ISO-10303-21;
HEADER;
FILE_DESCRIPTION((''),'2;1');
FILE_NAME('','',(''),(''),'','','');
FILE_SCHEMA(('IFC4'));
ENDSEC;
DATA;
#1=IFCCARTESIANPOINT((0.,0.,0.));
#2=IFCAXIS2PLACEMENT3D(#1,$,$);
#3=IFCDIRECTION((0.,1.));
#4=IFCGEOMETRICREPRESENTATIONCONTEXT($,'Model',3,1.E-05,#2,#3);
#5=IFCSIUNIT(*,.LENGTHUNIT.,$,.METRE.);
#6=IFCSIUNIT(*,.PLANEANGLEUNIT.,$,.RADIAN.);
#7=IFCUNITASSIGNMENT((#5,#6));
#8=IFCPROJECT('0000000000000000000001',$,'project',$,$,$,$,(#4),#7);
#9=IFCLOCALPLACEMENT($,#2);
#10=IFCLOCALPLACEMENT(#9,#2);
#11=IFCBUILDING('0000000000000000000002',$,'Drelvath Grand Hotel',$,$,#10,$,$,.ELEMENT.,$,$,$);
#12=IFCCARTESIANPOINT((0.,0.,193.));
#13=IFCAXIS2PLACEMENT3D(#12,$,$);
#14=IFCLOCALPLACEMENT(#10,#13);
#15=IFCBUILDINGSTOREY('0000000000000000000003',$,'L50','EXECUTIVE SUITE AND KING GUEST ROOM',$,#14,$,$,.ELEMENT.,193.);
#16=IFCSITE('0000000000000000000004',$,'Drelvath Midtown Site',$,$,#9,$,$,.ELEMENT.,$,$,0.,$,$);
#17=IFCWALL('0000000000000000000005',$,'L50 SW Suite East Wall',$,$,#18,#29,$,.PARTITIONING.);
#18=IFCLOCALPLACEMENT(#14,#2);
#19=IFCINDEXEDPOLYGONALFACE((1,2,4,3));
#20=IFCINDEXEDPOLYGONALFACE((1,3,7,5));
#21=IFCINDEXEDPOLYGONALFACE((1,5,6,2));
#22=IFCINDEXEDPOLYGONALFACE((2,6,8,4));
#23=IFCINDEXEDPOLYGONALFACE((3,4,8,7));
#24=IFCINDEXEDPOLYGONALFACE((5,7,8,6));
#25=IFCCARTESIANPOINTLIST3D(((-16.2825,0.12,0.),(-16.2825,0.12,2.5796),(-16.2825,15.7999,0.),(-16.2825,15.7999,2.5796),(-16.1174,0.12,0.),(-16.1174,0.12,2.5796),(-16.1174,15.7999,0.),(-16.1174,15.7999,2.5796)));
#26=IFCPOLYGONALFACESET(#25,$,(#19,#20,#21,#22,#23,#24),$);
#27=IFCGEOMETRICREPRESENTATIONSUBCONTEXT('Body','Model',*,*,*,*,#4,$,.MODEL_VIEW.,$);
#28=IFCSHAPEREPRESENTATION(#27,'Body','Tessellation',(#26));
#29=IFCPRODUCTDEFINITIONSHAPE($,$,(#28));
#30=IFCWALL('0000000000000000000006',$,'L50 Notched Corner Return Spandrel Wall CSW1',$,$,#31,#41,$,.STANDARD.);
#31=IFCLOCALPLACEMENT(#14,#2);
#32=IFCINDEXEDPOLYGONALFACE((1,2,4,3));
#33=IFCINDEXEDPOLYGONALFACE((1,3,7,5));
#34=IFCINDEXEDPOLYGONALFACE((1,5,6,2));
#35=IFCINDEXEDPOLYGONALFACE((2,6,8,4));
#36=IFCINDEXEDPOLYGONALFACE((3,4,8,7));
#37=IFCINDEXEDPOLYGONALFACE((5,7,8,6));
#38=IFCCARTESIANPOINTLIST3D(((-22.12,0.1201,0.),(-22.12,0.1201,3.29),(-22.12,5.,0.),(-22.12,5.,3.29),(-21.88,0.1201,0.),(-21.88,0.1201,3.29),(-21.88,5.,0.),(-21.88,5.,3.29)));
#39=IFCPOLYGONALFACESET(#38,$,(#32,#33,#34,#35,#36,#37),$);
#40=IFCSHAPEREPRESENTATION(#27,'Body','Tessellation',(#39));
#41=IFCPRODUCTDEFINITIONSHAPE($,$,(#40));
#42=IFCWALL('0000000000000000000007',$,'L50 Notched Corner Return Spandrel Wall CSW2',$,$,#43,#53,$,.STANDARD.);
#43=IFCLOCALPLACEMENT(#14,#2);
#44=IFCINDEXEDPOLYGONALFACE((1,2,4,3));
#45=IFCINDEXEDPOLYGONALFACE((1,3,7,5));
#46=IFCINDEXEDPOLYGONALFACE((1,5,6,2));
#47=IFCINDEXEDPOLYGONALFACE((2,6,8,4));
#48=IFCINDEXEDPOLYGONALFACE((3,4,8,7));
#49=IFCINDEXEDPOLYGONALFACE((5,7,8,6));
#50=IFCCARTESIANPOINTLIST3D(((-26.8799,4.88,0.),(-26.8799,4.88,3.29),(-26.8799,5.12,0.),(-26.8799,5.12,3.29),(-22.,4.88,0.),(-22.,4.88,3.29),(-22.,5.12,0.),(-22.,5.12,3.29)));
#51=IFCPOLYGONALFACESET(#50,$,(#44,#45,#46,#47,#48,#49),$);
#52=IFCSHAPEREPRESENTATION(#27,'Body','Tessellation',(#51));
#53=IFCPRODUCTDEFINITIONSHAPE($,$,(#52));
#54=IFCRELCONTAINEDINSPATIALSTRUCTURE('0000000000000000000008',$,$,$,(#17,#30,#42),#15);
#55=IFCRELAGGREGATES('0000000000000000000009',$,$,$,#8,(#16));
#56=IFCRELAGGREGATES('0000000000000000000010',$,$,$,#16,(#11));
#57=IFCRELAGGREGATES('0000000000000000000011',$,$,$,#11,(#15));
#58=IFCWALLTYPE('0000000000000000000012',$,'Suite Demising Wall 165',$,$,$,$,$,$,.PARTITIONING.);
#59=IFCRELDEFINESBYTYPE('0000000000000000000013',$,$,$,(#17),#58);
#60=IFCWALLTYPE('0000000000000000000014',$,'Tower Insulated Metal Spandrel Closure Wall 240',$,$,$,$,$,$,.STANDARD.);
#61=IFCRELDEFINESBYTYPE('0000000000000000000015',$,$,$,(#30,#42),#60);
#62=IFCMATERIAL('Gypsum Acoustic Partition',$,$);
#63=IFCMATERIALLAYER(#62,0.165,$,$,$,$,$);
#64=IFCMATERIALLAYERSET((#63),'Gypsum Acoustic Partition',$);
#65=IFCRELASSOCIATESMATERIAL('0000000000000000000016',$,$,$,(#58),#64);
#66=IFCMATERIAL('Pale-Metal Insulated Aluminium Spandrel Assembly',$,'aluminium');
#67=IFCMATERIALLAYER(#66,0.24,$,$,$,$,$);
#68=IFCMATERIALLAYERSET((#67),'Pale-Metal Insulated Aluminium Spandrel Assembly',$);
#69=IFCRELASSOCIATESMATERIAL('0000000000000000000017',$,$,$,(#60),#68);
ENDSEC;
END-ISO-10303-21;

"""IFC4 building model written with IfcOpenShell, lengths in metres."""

from ifc_helpers import new_model, si_unit, direction, frame, frame_2d, origin, place, context, subcontext, project, spatial, rectangle, extrude, material, layer, layer_set, type_object, element, save


model = new_model("IFC4")

# Units and contexts
model_context = context("Model", 3, precision=1e-05, world=origin(), true_north=direction((0.0, 1.0)))
body_context = subcontext(model_context, "Body", "Model", "MODEL_VIEW")
ifc_project = project(units=[si_unit("LENGTHUNIT", "METRE"), si_unit("PLANEANGLEUNIT", "RADIAN")], contexts=[model_context])

# Site, building, storey
site_placement = place(None, origin())
site = spatial("IfcSite", under=ifc_project, at=site_placement, Name="Drelvath Midtown Site", CompositionType="ELEMENT", RefElevation=0.0)
building_placement = place(site_placement, origin())
building = spatial("IfcBuilding", under=site, at=building_placement, Name="Drelvath Grand Hotel", CompositionType="ELEMENT")
storey_placement = place(building_placement, frame((0.0, 0.0, 193.0)))
storey = spatial("IfcBuildingStorey", under=building, at=storey_placement, Name="L50", Description="EXECUTIVE SUITE AND KING GUEST ROOM", CompositionType="ELEMENT", Elevation=193.0)

# Walls
ifc_material_1 = material(Name="Gypsum Acoustic Partition")
ifc_layer_1 = layer(ifc_material_1, 0.165)
ifc_layer_set_1 = layer_set([ifc_layer_1], Name="Gypsum Acoustic Partition")
wall_type_1 = type_object("IfcWallType", Name="Suite Demising Wall 165", PredefinedType="PARTITIONING", material=ifc_layer_set_1)
wall_placement = place(storey_placement, frame((-16.2, 0.1201, 0.0), z_axis=(0.0, 0.0, 1.0), x_axis=(0.0, 1.0, 0.0)))
element("IfcWall", 1, at=wall_placement, inside=storey, type_object=wall_type_1, Name="L50 SW Suite East Wall", PredefinedType="PARTITIONING", context=body_context, shape_type="SweptSolid", body=[
    extrude(rectangle(XDim=15.6799, YDim=0.165, at=frame_2d((7.8398, 0.0))), origin(), (0.0, 0.0, 1.0), 2.5796),
])
ifc_material_2 = material(Name="Pale-Metal Insulated Aluminium Spandrel Assembly", Category="aluminium")
ifc_layer_2 = layer(ifc_material_2, 0.24)
ifc_layer_set_2 = layer_set([ifc_layer_2], Name="Pale-Metal Insulated Aluminium Spandrel Assembly")
wall_type_2 = type_object("IfcWallType", Name="Tower Insulated Metal Spandrel Closure Wall 240", PredefinedType="STANDARD", material=ifc_layer_set_2)
for number, where, z_axis, x_axis, name in (
    (2, (-22.0, 0.1201, 0.0), (0.0, 0.0, 1.0), (0.0, 1.0, 0.0), "L50 Notched Corner Return Spandrel Wall CSW1"),
    (3, (-22.0, 5.0, 0.0), (0.0, 0.0, 1.0), (-1.0, 0.0, 0.0), "L50 Notched Corner Return Spandrel Wall CSW2"),
):
    element("IfcWall", number, at=place(storey_placement, frame(where, z_axis=z_axis, x_axis=x_axis)), inside=storey, type_object=wall_type_2, Name=name, PredefinedType="STANDARD", context=body_context, shape_type="SweptSolid", body=[
        extrude(rectangle(XDim=4.8799, YDim=0.24, at=frame_2d((2.4399, 0.0))), origin(), (0.0, 0.0, 1.0), 3.29),
    ])

save(model, "model.ifc")
